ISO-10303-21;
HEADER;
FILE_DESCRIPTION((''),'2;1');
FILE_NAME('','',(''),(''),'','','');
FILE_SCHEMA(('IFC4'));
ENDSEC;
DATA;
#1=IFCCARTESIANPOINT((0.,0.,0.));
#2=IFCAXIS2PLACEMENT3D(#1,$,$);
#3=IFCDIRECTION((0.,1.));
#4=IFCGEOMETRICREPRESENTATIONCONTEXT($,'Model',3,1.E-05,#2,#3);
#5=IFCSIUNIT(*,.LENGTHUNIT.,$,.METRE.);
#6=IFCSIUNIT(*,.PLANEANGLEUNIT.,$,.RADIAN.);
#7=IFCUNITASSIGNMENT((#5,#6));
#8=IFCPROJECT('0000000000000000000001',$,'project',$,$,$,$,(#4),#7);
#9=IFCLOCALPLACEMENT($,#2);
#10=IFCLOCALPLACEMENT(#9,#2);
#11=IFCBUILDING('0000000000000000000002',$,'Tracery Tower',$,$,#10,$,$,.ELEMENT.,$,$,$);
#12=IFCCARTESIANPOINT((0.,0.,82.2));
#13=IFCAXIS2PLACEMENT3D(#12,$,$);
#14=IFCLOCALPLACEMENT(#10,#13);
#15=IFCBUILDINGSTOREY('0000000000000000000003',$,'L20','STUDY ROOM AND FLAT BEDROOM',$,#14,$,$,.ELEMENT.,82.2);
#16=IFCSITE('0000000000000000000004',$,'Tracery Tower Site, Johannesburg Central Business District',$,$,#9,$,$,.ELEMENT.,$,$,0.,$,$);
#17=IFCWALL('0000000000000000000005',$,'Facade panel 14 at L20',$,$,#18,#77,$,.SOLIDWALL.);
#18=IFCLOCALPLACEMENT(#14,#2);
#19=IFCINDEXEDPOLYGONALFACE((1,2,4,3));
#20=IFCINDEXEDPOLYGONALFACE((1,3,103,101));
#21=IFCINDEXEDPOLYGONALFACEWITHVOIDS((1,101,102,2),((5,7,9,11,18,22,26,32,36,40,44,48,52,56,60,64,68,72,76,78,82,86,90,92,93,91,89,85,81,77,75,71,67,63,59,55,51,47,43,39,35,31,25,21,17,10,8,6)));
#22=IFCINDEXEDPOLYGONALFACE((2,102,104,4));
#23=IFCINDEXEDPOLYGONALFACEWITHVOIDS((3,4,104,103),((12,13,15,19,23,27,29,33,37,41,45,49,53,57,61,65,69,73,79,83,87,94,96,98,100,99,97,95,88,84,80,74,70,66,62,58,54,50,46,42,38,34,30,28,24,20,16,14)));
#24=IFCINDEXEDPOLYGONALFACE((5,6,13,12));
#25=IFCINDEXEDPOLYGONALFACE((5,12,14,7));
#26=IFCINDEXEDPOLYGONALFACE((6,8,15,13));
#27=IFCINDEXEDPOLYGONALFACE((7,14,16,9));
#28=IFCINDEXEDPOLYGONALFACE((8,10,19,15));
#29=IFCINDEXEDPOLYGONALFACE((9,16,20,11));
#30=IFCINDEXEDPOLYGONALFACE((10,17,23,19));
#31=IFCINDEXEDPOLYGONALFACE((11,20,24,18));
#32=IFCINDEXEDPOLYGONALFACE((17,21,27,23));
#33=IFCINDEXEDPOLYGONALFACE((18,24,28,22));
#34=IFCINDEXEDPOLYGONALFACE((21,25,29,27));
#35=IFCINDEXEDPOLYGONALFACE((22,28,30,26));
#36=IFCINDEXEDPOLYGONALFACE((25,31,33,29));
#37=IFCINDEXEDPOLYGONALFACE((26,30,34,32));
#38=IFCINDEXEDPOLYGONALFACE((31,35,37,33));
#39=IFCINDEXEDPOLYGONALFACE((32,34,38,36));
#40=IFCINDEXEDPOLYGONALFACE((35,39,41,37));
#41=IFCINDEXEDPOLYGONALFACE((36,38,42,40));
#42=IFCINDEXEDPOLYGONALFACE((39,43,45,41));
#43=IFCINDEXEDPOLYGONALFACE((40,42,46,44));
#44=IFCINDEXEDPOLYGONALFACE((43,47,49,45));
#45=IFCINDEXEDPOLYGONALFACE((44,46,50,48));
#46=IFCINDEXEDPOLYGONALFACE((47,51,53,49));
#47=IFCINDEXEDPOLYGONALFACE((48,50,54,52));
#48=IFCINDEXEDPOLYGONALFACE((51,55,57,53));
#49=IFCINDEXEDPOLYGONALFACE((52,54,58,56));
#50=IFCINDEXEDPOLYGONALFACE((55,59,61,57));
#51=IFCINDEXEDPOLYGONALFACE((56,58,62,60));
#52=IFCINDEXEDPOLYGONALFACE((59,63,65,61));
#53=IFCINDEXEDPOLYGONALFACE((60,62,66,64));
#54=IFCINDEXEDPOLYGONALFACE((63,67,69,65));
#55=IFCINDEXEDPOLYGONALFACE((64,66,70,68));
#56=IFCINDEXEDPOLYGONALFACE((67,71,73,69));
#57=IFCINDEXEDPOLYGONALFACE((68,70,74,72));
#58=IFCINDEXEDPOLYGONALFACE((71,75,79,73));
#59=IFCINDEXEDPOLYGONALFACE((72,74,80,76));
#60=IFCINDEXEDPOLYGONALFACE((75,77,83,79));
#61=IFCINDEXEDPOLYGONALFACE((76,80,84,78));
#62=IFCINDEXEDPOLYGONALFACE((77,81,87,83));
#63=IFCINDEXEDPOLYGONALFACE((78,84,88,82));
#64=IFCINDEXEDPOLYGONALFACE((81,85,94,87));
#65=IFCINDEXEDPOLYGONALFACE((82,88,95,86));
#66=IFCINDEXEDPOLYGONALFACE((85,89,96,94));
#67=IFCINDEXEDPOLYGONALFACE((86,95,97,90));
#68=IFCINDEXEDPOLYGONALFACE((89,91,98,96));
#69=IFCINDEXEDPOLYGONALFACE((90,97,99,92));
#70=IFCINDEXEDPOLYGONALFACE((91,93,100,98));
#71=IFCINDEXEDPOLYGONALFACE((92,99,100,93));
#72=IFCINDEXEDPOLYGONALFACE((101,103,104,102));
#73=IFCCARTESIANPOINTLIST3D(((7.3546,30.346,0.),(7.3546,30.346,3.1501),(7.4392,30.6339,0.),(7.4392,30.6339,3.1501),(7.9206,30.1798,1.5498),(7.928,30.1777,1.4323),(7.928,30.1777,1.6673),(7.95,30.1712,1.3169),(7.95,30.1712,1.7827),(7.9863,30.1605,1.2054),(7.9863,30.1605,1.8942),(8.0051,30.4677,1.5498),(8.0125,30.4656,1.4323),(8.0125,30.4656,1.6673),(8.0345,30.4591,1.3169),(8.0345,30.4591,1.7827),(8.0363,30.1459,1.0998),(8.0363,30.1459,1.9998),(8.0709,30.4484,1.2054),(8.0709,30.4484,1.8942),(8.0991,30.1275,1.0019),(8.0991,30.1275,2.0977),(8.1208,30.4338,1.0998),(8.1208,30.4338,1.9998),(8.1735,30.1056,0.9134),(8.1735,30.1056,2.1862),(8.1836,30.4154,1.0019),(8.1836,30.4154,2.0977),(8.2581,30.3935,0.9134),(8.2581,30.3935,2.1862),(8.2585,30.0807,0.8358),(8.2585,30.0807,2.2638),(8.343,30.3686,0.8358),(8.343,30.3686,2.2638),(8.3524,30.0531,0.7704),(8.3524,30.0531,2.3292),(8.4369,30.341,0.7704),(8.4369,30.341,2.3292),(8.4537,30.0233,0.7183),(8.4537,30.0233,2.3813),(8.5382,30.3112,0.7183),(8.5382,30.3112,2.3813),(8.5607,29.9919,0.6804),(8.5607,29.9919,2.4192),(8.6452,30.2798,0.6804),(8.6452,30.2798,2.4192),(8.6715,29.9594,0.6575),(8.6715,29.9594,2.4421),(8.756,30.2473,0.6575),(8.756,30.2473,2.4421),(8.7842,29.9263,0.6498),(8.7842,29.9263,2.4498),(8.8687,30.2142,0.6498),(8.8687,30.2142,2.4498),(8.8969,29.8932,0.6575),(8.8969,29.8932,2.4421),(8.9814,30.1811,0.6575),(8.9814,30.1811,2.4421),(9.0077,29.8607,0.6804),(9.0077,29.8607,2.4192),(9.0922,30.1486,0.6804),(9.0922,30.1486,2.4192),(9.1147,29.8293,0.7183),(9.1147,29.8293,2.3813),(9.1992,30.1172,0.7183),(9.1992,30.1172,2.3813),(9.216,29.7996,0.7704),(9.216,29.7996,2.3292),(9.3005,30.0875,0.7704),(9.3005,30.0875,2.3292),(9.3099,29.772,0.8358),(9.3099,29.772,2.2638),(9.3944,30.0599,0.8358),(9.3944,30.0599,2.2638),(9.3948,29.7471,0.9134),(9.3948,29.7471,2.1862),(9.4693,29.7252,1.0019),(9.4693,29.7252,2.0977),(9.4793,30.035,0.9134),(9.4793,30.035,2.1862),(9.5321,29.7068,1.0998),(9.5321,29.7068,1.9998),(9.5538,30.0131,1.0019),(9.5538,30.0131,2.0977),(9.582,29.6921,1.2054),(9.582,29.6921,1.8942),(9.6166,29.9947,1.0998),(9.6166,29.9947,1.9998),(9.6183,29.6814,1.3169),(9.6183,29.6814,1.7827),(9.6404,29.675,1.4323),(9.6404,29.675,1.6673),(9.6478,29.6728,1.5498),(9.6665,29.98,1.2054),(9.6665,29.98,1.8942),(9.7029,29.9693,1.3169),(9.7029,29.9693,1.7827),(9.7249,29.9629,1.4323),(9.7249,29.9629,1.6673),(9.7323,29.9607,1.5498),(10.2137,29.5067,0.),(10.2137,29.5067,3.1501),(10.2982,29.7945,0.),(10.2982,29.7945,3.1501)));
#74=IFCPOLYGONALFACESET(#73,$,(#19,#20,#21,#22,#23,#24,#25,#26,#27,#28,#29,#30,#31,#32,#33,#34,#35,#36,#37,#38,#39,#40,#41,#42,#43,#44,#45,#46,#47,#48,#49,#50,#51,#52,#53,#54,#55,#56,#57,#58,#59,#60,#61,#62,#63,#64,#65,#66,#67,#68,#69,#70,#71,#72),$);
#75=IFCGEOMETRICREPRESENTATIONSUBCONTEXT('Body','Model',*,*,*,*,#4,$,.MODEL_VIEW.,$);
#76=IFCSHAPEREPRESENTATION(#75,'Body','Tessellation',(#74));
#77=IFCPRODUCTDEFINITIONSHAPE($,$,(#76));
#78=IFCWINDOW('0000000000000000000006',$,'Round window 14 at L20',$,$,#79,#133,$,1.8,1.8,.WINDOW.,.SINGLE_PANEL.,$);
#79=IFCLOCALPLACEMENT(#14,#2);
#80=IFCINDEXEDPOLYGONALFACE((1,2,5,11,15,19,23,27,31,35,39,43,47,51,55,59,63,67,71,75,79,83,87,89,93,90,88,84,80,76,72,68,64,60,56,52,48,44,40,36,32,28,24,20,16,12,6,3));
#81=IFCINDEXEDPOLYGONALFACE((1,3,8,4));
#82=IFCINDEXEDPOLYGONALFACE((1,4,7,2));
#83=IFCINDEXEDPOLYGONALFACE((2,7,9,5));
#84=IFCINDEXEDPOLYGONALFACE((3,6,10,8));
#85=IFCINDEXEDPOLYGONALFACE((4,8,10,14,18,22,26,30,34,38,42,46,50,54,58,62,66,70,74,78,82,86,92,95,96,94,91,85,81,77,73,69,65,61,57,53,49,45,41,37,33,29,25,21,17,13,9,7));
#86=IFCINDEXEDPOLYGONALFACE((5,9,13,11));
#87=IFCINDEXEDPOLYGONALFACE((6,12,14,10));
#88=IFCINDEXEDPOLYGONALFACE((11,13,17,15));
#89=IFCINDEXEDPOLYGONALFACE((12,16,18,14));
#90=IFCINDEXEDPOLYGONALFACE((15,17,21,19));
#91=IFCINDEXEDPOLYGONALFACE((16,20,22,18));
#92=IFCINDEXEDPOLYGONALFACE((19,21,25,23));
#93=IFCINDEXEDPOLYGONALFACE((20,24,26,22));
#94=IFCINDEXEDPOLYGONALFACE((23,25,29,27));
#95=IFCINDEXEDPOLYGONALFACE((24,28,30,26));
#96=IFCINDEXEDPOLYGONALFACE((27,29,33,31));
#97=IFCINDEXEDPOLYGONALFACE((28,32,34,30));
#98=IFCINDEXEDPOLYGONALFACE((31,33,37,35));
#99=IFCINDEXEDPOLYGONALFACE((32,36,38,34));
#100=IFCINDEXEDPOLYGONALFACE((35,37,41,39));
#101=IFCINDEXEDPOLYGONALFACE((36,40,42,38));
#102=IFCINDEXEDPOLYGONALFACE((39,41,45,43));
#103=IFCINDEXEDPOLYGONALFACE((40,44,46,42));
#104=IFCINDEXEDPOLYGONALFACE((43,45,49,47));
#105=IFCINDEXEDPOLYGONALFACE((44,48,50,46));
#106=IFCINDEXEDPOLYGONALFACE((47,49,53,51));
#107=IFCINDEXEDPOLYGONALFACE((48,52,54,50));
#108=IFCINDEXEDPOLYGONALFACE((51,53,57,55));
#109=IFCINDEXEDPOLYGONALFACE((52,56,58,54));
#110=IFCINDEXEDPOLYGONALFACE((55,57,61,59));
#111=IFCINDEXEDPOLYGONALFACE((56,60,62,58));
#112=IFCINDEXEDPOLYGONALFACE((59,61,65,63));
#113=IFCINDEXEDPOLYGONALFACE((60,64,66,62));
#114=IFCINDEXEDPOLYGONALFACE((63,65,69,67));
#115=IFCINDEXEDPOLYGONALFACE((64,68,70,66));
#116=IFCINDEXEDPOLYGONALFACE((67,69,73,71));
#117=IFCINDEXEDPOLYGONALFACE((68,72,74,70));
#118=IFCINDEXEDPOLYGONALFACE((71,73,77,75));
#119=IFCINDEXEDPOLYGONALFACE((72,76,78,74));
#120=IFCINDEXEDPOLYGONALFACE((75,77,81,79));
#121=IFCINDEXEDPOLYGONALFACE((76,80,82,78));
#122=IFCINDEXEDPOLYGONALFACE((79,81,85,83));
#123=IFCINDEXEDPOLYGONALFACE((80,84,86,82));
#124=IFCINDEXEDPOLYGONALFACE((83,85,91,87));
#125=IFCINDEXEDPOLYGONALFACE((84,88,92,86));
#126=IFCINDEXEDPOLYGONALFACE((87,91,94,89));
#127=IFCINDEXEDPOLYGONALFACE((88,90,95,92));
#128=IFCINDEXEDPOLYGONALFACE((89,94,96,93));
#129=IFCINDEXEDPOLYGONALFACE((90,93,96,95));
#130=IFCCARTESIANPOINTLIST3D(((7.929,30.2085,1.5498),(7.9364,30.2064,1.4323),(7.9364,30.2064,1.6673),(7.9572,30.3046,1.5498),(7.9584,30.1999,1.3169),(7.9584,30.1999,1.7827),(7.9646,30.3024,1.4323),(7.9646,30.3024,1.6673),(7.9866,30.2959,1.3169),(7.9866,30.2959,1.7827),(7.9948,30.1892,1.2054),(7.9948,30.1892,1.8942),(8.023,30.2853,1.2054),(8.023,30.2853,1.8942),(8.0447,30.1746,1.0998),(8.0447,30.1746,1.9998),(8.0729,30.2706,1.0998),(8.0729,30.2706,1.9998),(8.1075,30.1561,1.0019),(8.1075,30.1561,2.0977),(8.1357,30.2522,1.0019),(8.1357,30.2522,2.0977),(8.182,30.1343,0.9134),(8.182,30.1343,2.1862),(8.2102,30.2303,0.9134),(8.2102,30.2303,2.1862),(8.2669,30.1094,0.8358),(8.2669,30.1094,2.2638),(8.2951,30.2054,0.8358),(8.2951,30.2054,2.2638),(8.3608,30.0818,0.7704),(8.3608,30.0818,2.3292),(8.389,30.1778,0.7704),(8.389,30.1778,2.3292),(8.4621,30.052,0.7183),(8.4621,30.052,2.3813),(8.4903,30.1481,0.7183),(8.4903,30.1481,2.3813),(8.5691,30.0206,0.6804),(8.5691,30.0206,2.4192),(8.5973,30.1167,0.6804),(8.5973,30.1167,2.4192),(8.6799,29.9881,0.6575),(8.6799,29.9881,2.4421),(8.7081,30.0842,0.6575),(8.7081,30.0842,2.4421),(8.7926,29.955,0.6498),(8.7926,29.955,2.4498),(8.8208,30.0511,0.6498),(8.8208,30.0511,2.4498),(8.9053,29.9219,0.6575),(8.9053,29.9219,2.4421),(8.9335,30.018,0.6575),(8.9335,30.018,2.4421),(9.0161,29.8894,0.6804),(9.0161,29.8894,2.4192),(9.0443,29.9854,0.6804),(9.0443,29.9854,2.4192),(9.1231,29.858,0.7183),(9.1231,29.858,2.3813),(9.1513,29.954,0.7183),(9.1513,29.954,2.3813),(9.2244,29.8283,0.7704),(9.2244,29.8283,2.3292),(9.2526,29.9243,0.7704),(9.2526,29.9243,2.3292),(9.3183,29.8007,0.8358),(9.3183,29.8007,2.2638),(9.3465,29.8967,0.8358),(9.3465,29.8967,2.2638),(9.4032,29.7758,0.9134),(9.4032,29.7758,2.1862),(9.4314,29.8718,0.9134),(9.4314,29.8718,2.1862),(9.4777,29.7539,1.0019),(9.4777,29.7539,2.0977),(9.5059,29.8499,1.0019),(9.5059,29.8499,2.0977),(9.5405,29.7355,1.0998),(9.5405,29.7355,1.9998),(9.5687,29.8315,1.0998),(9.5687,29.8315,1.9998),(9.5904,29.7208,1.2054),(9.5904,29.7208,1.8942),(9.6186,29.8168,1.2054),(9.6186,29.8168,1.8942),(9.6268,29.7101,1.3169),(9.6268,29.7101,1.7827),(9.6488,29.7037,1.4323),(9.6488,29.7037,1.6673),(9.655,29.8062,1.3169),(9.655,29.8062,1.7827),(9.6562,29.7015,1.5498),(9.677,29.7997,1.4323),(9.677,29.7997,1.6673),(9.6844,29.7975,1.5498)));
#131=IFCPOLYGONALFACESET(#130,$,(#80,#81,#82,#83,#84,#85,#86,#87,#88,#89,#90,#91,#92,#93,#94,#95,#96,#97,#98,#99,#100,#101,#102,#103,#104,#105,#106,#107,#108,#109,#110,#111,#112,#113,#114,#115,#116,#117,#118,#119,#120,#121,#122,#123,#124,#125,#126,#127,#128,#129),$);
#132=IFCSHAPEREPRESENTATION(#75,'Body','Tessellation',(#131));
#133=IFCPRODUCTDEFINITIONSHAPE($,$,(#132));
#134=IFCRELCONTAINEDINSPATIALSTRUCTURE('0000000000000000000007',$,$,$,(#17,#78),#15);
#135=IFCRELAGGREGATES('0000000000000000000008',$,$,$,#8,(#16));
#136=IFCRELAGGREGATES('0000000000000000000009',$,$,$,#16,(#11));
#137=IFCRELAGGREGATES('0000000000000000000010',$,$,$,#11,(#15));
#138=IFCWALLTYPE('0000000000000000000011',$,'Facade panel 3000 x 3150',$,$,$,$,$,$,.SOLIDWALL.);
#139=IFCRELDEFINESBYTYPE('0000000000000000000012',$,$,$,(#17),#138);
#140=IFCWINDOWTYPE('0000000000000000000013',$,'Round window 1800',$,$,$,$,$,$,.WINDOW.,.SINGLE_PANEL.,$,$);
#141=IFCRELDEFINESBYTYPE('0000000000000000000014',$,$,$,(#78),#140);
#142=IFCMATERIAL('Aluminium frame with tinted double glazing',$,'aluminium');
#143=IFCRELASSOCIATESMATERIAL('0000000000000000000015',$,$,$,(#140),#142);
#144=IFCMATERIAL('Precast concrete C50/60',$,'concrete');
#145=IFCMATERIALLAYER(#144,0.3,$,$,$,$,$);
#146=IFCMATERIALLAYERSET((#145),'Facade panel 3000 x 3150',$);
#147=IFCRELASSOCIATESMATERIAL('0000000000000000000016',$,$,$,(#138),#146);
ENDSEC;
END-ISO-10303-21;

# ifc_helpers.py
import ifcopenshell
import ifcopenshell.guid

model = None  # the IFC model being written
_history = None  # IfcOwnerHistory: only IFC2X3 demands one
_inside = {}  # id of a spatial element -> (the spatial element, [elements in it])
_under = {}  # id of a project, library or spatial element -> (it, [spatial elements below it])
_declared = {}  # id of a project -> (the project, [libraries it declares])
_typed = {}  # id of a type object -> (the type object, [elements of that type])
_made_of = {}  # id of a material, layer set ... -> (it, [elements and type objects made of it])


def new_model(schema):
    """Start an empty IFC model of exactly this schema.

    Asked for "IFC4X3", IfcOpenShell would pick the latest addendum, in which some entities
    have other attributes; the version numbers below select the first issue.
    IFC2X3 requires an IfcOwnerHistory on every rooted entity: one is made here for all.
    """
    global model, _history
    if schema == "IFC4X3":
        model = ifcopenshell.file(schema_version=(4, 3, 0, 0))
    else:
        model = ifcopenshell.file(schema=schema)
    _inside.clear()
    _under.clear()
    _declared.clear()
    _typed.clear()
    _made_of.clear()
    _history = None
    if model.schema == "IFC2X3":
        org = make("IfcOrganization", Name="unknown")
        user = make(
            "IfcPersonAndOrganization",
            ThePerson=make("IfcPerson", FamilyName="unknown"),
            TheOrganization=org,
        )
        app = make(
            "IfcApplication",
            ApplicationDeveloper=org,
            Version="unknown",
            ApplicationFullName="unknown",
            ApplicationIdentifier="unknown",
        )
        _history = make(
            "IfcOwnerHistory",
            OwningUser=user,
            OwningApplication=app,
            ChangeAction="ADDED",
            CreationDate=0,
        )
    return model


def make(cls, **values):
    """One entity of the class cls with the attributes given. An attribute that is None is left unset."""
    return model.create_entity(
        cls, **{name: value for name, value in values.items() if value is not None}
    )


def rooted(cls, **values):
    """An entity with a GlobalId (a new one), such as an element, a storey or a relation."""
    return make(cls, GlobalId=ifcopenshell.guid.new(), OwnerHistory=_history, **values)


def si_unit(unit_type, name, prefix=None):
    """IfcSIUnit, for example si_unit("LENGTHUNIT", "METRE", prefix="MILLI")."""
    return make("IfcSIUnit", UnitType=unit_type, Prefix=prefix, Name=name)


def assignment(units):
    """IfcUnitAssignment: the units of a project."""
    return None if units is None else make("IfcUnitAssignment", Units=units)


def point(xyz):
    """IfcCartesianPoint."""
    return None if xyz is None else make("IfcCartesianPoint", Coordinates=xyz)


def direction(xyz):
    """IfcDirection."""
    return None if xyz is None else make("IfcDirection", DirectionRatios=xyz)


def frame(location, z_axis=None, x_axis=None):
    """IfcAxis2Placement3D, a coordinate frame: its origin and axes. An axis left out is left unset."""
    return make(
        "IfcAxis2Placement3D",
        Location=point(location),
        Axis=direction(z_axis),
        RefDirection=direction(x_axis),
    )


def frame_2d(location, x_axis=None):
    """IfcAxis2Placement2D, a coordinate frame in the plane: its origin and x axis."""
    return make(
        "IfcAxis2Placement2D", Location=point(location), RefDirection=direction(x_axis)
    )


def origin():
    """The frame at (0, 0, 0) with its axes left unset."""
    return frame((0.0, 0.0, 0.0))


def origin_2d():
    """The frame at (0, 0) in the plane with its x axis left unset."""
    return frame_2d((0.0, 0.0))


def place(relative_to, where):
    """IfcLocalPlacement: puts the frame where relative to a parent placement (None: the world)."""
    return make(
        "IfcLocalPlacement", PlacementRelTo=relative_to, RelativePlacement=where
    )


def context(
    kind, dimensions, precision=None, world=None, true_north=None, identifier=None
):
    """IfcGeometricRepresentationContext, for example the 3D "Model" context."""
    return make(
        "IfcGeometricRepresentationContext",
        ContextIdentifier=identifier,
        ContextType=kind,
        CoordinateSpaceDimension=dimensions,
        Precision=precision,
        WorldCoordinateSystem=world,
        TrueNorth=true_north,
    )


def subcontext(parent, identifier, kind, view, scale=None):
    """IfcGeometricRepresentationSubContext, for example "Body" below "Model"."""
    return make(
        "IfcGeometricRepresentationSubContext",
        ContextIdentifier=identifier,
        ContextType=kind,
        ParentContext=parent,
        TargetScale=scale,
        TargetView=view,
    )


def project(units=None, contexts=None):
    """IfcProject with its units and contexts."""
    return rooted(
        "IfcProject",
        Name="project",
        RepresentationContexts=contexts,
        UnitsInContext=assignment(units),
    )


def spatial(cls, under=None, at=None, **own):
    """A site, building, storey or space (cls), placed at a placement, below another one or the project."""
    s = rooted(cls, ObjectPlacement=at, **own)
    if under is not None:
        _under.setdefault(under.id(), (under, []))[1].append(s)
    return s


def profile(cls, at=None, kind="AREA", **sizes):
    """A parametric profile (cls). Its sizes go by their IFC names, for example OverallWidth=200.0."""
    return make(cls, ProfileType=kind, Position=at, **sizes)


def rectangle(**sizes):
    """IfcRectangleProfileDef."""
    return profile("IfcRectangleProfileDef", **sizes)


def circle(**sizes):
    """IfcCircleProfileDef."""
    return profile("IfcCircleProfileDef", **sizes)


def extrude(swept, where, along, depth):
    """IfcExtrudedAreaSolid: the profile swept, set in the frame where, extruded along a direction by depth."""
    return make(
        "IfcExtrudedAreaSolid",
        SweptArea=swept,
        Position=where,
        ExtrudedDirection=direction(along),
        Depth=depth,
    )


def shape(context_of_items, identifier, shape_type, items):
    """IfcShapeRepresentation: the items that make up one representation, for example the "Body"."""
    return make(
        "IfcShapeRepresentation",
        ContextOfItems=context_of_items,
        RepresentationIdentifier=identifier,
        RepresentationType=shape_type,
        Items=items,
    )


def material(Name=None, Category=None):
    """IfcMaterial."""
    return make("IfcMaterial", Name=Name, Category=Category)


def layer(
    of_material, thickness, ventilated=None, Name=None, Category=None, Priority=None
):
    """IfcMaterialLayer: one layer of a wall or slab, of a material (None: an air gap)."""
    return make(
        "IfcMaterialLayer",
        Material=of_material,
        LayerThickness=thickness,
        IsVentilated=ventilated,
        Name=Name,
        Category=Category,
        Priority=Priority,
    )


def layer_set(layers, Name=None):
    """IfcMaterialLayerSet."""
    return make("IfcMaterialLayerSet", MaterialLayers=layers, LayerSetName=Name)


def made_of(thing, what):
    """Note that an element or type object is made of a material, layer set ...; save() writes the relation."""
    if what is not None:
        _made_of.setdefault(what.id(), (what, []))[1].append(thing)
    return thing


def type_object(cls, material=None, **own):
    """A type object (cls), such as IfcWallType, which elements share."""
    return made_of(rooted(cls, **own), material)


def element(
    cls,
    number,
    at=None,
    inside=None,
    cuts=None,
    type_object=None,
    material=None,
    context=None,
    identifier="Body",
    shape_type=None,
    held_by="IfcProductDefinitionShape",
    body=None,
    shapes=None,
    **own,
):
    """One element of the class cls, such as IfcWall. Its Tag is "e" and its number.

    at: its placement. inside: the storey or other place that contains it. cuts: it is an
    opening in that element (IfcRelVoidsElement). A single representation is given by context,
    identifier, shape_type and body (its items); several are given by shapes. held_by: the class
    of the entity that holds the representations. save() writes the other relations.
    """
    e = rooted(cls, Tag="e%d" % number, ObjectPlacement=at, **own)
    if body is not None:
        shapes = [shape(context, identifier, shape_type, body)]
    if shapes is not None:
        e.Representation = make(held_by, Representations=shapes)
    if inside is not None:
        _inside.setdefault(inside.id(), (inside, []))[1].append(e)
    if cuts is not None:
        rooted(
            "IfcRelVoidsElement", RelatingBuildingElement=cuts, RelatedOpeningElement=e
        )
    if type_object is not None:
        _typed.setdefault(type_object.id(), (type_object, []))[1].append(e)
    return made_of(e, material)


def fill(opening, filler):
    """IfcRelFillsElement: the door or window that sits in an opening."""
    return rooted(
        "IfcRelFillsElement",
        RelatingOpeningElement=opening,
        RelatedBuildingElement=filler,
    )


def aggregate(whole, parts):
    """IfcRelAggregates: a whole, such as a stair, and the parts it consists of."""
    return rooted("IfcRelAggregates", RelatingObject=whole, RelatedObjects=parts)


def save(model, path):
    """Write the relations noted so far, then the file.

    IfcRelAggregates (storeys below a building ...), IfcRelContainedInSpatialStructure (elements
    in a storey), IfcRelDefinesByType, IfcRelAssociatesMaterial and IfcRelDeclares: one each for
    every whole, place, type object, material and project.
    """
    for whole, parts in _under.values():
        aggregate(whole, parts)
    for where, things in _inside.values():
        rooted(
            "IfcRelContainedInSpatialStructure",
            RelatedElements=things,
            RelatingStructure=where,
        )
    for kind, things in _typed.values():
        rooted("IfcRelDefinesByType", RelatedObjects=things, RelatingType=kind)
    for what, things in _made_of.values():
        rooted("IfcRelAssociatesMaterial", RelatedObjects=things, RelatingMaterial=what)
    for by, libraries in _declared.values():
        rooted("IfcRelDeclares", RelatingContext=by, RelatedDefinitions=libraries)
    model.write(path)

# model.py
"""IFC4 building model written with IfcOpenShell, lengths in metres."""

from ifc_helpers import new_model, si_unit, direction, frame, frame_2d, origin, origin_2d, place, context, subcontext, project, spatial, rectangle, circle, extrude, material, layer, layer_set, type_object, element, fill, save


model = new_model("IFC4")

# Units and contexts
model_context = context("Model", 3, precision=1e-05, world=origin(), true_north=direction((0.0, 1.0)))
body_context = subcontext(model_context, "Body", "Model", "MODEL_VIEW")
ifc_project = project(units=[si_unit("LENGTHUNIT", "METRE"), si_unit("PLANEANGLEUNIT", "RADIAN")], contexts=[model_context])

# Site, building, storey
site_placement = place(None, origin())
site = spatial("IfcSite", under=ifc_project, at=site_placement, Name="Tracery Tower Site, Johannesburg Central Business District", CompositionType="ELEMENT", RefElevation=0.0)
building_placement = place(site_placement, origin())
building = spatial("IfcBuilding", under=site, at=building_placement, Name="Tracery Tower", CompositionType="ELEMENT")
storey_placement = place(building_placement, frame((0.0, 0.0, 82.2)))
storey = spatial("IfcBuildingStorey", under=building, at=storey_placement, Name="L20", Description="STUDY ROOM AND FLAT BEDROOM", CompositionType="ELEMENT", Elevation=82.2)

# Wall, opening, window
ifc_material_1 = material(Name="Aluminium frame with tinted double glazing", Category="aluminium")
window_type = type_object("IfcWindowType", Name="Round window 1800", PartitioningType="SINGLE_PANEL", PredefinedType="WINDOW", material=ifc_material_1)
ifc_material_2 = material(Name="Precast concrete C50/60", Category="concrete")
ifc_layer_1 = layer(ifc_material_2, 0.3)
ifc_layer_set_1 = layer_set([ifc_layer_1], Name="Facade panel 3000 x 3150")
wall_type_1 = type_object("IfcWallType", Name="Facade panel 3000 x 3150", PredefinedType="SOLIDWALL", material=ifc_layer_set_1)
wall_1_placement = place(storey_placement, frame((10.2559, 29.6506, 0.0), z_axis=(0.0, 0.0, 1.0), x_axis=(-0.959508, 0.281683, 0.0)))
wall_1 = element("IfcWall", 1, at=wall_1_placement, inside=storey, type_object=wall_type_1, Name="Facade panel 14 at L20", PredefinedType="SOLIDWALL", context=body_context, shape_type="SweptSolid", body=[
    extrude(rectangle(XDim=2.9797, YDim=0.3, at=frame_2d((1.4897, 0.0))), origin(), (0.0, 0.0, 1.0), 3.1501),
])
opening_1_placement = place(wall_1_placement, frame((1.4897, 0.0, 1.5498)))
opening_1 = element("IfcOpeningElement", 2, at=opening_1_placement, cuts=wall_1, PredefinedType="OPENING", context=body_context, shape_type="SweptSolid", body=[
    extrude(circle(Radius=0.9, at=origin_2d()), frame((0.0, 0.1599, 0.0), z_axis=(0.0, -1.0, 0.0), x_axis=(1.0, 0.0, 0.0)), (0.0, 0.0, 1.0), 0.3201),
])
window_1_placement = place(opening_1_placement, origin())
window_1 = element("IfcWindow", 3, at=window_1_placement, inside=storey, type_object=window_type, Name="Round window 14 at L20", OverallHeight=1.8, OverallWidth=1.8, PartitioningType="SINGLE_PANEL", PredefinedType="WINDOW", context=body_context, shape_type="SweptSolid", body=[
    extrude(circle(Radius=0.9, at=origin_2d()), frame((0.0, 0.1201, 0.0), z_axis=(0.0, -1.0, 0.0), x_axis=(1.0, 0.0, 0.0)), (0.0, 0.0, 1.0), 0.1001),
])
fill(opening_1, window_1)

save(model, "model.ifc")
